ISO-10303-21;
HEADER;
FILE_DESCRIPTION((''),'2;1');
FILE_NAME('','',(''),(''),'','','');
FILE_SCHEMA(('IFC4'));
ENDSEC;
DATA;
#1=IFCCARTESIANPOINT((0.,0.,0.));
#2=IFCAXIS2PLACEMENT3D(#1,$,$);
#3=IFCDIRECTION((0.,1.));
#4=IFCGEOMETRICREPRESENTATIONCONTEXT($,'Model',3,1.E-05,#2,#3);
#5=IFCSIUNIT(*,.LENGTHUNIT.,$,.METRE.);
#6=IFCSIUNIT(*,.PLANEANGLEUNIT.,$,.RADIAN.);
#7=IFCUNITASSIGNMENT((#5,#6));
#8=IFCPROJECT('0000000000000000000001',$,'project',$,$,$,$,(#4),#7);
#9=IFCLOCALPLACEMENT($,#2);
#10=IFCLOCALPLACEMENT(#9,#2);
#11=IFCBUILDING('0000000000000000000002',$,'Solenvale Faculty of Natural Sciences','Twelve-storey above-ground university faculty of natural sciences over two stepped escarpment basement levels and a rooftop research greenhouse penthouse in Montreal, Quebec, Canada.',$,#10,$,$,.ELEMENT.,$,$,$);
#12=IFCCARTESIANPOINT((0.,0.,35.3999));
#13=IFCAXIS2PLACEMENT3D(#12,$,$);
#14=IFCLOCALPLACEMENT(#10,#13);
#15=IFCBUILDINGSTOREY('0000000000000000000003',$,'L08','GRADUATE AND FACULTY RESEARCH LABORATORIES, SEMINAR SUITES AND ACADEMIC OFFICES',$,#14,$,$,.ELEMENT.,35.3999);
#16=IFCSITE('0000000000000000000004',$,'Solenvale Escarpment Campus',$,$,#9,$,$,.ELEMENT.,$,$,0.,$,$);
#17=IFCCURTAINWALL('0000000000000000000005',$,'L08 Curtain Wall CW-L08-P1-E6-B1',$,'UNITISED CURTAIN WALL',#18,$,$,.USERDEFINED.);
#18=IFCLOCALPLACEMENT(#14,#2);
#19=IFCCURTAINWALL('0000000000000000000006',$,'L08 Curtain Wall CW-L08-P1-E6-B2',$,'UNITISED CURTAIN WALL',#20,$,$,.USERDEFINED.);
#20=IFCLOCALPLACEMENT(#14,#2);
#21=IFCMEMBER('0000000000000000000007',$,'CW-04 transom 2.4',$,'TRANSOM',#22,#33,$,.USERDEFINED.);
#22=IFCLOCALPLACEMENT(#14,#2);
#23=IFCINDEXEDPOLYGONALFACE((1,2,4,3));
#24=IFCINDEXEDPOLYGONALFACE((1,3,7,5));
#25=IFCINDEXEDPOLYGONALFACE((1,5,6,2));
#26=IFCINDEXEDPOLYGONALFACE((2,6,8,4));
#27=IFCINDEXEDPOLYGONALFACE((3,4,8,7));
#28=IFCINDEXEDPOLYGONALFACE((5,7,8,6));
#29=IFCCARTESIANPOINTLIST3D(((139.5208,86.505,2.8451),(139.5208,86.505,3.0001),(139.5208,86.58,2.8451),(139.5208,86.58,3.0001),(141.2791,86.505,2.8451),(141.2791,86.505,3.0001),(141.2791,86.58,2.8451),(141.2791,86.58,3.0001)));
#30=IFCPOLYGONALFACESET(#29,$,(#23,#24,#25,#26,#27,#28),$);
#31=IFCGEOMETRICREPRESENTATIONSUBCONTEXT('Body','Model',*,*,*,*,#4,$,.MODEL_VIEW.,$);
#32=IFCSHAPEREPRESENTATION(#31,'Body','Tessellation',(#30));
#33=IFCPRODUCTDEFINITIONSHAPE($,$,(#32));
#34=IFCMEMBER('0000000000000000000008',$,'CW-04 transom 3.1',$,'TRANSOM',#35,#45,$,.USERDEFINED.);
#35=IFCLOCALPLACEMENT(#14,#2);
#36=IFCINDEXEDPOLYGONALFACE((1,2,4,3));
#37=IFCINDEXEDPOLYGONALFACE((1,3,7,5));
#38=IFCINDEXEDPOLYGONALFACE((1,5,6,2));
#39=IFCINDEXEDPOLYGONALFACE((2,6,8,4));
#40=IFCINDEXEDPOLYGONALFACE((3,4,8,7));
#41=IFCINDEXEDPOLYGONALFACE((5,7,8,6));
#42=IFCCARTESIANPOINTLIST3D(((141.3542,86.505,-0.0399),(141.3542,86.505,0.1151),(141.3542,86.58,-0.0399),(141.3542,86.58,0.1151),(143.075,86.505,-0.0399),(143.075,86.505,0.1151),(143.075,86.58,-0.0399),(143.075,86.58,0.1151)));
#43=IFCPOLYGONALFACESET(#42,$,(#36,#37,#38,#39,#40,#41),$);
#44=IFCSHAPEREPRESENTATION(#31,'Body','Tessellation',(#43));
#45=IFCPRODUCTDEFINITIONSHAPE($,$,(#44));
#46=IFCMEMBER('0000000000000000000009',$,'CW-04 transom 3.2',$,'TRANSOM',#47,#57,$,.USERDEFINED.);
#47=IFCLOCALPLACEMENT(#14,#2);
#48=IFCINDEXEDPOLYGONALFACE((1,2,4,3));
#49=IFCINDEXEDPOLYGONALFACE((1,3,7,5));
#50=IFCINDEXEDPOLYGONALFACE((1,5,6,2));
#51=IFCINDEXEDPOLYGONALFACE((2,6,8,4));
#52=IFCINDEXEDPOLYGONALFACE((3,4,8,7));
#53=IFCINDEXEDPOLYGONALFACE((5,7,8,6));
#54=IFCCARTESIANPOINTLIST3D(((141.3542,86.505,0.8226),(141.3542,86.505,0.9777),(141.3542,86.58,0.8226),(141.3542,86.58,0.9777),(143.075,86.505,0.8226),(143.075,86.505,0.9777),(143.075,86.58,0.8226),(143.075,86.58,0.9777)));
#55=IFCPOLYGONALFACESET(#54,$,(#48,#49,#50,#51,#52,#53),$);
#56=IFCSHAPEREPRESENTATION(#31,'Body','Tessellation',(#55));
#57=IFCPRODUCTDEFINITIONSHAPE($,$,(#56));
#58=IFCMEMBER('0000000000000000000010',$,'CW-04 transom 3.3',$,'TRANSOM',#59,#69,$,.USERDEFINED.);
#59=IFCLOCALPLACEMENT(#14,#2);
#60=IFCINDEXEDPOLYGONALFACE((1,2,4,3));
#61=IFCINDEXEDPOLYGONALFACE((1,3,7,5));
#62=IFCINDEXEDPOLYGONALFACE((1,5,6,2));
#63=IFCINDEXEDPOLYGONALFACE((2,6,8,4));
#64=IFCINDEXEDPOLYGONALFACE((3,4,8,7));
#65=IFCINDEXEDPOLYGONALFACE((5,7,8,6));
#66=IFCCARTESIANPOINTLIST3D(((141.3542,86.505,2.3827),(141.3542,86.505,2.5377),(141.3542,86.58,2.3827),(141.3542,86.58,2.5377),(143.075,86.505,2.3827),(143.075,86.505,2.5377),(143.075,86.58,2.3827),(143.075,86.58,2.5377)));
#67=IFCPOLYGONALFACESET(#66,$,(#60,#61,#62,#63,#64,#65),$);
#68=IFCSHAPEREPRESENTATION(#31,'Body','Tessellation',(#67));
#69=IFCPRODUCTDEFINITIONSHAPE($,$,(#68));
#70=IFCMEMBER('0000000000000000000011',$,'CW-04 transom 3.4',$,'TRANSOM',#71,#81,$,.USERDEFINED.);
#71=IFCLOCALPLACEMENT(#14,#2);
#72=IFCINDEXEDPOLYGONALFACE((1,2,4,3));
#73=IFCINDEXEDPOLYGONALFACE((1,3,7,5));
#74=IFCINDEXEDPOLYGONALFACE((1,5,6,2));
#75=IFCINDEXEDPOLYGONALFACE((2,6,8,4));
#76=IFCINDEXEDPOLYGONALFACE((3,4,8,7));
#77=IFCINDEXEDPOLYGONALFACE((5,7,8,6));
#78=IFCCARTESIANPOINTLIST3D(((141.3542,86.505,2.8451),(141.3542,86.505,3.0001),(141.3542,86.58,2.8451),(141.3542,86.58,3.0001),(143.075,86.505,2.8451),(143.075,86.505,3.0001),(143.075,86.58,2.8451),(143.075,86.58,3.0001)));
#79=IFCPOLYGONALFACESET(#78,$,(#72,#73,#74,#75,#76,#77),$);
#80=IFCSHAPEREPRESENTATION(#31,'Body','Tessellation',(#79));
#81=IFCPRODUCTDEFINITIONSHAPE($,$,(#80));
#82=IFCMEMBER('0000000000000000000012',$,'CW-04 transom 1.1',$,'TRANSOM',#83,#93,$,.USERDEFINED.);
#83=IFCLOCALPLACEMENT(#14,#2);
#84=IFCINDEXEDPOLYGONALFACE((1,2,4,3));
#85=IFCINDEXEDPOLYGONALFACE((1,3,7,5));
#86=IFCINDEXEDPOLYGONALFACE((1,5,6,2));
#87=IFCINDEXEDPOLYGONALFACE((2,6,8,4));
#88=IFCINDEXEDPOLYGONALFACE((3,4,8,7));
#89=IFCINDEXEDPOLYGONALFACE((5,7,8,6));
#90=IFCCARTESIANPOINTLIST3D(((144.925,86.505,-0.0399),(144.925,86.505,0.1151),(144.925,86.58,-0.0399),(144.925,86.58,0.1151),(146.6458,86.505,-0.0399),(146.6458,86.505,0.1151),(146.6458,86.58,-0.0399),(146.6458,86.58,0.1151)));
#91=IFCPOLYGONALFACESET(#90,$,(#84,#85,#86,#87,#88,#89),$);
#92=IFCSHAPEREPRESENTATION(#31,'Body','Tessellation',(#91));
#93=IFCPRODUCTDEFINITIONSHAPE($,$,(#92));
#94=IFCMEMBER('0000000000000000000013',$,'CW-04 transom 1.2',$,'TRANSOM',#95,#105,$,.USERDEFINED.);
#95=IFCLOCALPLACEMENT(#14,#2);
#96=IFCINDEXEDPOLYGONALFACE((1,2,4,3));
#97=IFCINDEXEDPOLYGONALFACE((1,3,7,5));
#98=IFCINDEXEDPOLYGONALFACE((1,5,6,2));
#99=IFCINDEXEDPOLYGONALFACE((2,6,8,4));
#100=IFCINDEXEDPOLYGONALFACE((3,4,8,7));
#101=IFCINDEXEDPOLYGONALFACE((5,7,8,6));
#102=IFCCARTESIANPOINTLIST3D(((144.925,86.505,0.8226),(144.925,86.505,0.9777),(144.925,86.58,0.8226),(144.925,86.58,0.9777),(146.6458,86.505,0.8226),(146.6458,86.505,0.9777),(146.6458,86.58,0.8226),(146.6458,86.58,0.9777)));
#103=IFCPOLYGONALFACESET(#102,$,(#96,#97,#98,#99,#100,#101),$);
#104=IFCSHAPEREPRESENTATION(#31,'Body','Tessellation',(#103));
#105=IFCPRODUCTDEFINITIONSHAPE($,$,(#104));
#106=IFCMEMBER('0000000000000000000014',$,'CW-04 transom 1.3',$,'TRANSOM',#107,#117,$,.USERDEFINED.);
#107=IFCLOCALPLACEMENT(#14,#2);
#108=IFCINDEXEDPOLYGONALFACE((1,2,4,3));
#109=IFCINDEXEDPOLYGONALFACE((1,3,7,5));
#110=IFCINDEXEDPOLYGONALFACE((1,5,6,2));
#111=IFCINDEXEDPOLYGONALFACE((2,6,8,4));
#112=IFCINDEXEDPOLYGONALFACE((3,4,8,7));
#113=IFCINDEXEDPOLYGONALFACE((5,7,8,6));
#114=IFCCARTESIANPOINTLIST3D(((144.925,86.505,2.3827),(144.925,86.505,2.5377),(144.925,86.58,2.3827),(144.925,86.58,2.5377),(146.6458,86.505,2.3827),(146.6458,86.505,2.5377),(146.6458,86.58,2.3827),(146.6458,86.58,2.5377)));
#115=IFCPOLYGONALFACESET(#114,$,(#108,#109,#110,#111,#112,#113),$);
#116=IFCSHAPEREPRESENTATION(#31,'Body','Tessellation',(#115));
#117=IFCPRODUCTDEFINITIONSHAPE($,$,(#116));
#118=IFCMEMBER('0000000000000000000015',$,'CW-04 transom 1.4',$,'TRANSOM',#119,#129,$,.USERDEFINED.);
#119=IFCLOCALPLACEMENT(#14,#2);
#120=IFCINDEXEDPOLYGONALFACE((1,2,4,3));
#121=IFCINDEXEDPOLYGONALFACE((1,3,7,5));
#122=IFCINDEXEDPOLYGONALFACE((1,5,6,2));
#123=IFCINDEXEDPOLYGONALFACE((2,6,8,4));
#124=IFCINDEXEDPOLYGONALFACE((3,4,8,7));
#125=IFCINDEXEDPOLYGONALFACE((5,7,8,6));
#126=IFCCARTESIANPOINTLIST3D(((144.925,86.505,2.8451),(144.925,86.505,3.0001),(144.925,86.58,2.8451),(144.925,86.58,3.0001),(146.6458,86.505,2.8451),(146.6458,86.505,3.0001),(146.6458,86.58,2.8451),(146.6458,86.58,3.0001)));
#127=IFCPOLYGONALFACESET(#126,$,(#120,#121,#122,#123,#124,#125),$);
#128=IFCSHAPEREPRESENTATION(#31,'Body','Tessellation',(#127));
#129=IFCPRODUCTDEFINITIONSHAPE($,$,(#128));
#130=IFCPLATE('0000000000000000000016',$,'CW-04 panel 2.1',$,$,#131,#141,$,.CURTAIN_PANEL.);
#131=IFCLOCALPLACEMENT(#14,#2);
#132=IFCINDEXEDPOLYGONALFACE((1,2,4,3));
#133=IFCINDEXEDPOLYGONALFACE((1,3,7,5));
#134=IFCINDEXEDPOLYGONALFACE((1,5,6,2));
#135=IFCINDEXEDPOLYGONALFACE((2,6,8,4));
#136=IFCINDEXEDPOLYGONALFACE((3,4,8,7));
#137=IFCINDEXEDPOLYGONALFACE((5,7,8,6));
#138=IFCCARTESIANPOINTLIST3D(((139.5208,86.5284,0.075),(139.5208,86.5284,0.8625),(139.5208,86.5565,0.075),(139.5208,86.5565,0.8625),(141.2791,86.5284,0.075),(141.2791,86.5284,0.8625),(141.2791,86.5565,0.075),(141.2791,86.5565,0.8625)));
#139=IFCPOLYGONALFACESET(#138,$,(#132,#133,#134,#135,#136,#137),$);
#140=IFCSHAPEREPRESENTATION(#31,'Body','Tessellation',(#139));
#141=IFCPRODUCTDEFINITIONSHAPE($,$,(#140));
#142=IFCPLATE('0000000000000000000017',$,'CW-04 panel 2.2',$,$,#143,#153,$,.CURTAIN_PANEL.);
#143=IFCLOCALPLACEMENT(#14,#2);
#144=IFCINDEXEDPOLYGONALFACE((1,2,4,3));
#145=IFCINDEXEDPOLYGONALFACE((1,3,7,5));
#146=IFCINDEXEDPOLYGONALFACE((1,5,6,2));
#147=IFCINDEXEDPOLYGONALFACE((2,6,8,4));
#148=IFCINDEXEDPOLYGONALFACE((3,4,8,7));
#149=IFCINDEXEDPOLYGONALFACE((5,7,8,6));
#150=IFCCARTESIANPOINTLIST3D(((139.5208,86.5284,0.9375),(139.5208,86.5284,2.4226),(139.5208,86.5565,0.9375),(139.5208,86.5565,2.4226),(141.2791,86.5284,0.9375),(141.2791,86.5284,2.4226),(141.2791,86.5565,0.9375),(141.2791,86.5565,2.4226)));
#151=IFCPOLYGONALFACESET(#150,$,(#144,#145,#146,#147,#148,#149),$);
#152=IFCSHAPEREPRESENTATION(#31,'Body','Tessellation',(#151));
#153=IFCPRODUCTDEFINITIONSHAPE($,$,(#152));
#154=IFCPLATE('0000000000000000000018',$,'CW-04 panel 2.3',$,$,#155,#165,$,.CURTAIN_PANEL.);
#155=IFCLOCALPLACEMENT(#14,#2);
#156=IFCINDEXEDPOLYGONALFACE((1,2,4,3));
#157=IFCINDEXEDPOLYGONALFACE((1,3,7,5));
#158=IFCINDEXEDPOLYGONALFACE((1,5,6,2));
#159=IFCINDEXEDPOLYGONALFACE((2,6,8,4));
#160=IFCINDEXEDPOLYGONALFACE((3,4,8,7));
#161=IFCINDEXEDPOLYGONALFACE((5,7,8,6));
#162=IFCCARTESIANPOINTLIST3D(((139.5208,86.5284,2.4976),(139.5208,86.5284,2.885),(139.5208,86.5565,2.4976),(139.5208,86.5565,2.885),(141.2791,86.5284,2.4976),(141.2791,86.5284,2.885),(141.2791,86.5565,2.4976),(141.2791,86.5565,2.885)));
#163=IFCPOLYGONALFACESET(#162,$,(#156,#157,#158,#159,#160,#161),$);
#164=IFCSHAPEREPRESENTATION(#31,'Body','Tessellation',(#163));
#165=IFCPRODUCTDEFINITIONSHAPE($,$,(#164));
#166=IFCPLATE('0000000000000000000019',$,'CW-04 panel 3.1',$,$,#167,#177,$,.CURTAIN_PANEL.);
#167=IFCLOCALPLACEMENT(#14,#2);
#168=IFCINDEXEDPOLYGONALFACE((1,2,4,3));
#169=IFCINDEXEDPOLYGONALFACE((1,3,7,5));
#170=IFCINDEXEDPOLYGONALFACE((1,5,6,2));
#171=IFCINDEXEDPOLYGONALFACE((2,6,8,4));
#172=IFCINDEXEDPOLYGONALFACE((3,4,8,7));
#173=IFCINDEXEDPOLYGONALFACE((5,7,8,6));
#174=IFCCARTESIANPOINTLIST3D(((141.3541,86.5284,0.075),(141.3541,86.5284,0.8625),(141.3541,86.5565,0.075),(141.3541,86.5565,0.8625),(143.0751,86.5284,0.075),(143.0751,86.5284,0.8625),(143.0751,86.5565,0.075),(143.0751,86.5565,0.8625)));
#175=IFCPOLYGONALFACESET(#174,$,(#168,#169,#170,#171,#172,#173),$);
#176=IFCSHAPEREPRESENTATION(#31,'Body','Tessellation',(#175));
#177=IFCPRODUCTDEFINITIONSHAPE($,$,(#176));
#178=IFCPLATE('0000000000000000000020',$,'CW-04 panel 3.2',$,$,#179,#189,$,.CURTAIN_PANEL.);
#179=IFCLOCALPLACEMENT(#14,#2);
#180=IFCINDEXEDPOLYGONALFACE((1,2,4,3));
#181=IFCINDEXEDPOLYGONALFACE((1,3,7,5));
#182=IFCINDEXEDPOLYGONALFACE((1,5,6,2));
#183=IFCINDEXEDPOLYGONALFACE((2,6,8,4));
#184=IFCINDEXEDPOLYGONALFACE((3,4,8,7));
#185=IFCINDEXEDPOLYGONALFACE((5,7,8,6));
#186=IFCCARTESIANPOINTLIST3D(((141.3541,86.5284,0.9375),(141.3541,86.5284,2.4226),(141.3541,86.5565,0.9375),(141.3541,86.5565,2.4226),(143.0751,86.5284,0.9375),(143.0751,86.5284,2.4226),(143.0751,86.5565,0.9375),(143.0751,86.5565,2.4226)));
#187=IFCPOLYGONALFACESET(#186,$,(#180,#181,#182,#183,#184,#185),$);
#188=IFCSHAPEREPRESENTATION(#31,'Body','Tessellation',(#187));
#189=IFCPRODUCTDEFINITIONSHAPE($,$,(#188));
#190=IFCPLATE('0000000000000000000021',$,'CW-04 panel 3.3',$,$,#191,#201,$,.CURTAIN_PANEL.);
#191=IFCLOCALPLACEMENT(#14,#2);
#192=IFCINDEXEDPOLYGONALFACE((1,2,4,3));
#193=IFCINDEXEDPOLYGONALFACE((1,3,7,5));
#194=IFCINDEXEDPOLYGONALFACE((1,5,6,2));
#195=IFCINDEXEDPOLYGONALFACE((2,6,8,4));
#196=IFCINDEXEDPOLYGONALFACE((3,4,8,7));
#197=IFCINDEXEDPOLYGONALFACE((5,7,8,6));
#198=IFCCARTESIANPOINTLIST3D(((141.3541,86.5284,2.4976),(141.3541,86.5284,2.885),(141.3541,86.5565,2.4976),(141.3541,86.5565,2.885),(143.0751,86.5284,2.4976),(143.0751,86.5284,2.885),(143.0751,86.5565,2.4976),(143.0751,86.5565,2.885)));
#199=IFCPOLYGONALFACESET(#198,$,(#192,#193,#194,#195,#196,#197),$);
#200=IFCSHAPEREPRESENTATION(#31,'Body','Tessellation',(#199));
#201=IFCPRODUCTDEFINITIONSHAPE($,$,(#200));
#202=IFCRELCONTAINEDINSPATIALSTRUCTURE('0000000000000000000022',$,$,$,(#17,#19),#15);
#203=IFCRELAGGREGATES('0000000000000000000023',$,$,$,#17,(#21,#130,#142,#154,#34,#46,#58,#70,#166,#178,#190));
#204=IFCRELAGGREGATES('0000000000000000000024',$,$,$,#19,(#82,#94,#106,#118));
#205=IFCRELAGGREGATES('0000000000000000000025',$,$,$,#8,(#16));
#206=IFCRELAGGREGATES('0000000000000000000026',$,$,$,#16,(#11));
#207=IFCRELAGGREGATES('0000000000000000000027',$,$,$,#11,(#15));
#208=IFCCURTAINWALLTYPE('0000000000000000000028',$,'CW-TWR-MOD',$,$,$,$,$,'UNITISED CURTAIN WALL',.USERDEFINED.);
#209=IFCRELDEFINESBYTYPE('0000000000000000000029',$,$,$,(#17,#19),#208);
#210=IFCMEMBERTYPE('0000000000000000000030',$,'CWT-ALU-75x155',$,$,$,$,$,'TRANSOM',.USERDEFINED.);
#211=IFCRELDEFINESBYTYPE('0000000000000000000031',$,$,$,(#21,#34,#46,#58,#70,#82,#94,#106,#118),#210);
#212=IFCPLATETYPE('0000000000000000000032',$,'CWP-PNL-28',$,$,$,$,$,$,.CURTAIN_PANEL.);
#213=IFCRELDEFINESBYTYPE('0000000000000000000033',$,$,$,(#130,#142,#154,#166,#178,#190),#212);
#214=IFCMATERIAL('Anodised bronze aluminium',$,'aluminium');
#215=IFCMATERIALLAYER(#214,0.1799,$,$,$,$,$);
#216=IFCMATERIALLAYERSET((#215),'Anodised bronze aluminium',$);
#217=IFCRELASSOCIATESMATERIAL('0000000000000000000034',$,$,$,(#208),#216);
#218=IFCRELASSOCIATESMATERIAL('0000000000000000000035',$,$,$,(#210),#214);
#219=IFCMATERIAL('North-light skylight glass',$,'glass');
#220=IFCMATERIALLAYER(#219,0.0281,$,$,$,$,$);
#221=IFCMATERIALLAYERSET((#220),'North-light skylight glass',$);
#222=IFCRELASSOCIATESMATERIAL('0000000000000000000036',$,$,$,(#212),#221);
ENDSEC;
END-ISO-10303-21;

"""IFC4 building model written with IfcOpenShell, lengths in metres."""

from ifc_helpers import new_model, si_unit, direction, frame, origin, origin_2d, place, context, subcontext, project, spatial, rectangle, extrude, material, layer, layer_set, material_profile, profile_set, type_object, element, aggregate, save


model = new_model("IFC4")

# Units and contexts
model_context = context("Model", 3, precision=1e-05, world=origin(), true_north=direction((0.0, 1.0)))
body_context = subcontext(model_context, "Body", "Model", "MODEL_VIEW")
ifc_project = project(units=[si_unit("LENGTHUNIT", "METRE"), si_unit("PLANEANGLEUNIT", "RADIAN")], contexts=[model_context])

# Site, building, storey
site_placement = place(None, origin())
site = spatial("IfcSite", under=ifc_project, at=site_placement, Name="Solenvale Escarpment Campus", CompositionType="ELEMENT", RefElevation=0.0)
building_placement = place(site_placement, origin())
building = spatial("IfcBuilding", under=site, at=building_placement, Name="Solenvale Faculty of Natural Sciences", Description="Twelve-storey above-ground university faculty of natural sciences over two stepped escarpment basement levels and a rooftop research greenhouse penthouse in Montreal, Quebec, Canada.", CompositionType="ELEMENT")
storey_placement = place(building_placement, frame((0.0, 0.0, 35.3999)))
storey = spatial("IfcBuildingStorey", under=building, at=storey_placement, Name="L08", Description="GRADUATE AND FACULTY RESEARCH LABORATORIES, SEMINAR SUITES AND ACADEMIC OFFICES", CompositionType="ELEMENT", Elevation=35.3999)

# Curtain walls
ifc_material_1 = material(Name="Anodised bronze aluminium", Category="aluminium")
ifc_layer_1 = layer(ifc_material_1, 0.1799)
ifc_layer_set_1 = layer_set([ifc_layer_1], Name="Anodised bronze aluminium")
curtain_wall_type = type_object("IfcCurtainWallType", Name="CW-TWR-MOD", ElementType="UNITISED CURTAIN WALL", PredefinedType="USERDEFINED", material=ifc_layer_set_1)
curtain_wall_1_placement = place(storey_placement, origin())
curtain_wall_1 = element("IfcCurtainWall", 1, at=curtain_wall_1_placement, inside=storey, type_object=curtain_wall_type, Name="L08 Curtain Wall CW-L08-P1-E6-B1", ObjectType="UNITISED CURTAIN WALL", PredefinedType="USERDEFINED")
curtain_wall_2_placement = place(storey_placement, origin())
curtain_wall_2 = element("IfcCurtainWall", 2, at=curtain_wall_2_placement, inside=storey, type_object=curtain_wall_type, Name="L08 Curtain Wall CW-L08-P1-E6-B2", ObjectType="UNITISED CURTAIN WALL", PredefinedType="USERDEFINED")

# Members
ifc_material_profile_1 = material_profile(ifc_material_1, rectangle(XDim=0.075, YDim=0.155, at=origin_2d()), Name="ALU-TRN-75x155")
ifc_profile_set_1 = profile_set([ifc_material_profile_1], Name="Anodised bronze aluminium")
member_type_1 = type_object("IfcMemberType", Name="CWT-ALU-75x155", ElementType="TRANSOM", PredefinedType="USERDEFINED", material=ifc_profile_set_1)
member_1_placement = place(storey_placement, frame((139.5208, 86.5425, 2.9226), z_axis=(1.0, 0.0, 0.0), x_axis=(0.0, 1.0, 0.0)))
member_1 = element("IfcMember", 3, at=member_1_placement, type_object=member_type_1, Name="CW-04 transom 2.4", ObjectType="TRANSOM", PredefinedType="USERDEFINED", context=body_context, shape_type="SweptSolid", body=[
    extrude(rectangle(XDim=0.075, YDim=0.155, at=origin_2d()), origin(), (0.0, 0.0, 1.0), 1.7583),
])
member_2_placement = place(storey_placement, frame((141.3542, 86.5425, 0.0376), z_axis=(1.0, 0.0, 0.0), x_axis=(0.0, 1.0, 0.0)))
member_2 = element("IfcMember", 4, at=member_2_placement, type_object=member_type_1, Name="CW-04 transom 3.1", ObjectType="TRANSOM", PredefinedType="USERDEFINED", context=body_context, shape_type="SweptSolid", body=[
    extrude(rectangle(XDim=0.075, YDim=0.155, at=origin_2d()), origin(), (0.0, 0.0, 1.0), 1.7207),
])
member_3_placement = place(storey_placement, frame((141.3542, 86.5425, 0.9001), z_axis=(1.0, 0.0, 0.0), x_axis=(0.0, 1.0, 0.0)))
member_3 = element("IfcMember", 5, at=member_3_placement, type_object=member_type_1, Name="CW-04 transom 3.2", ObjectType="TRANSOM", PredefinedType="USERDEFINED", context=body_context, shape_type="SweptSolid", body=[
    extrude(rectangle(XDim=0.075, YDim=0.155, at=origin_2d()), origin(), (0.0, 0.0, 1.0), 1.7207),
])
member_4_placement = place(storey_placement, frame((141.3542, 86.5425, 2.4602), z_axis=(1.0, 0.0, 0.0), x_axis=(0.0, 1.0, 0.0)))
member_4 = element("IfcMember", 6, at=member_4_placement, type_object=member_type_1, Name="CW-04 transom 3.3", ObjectType="TRANSOM", PredefinedType="USERDEFINED", context=body_context, shape_type="SweptSolid", body=[
    extrude(rectangle(XDim=0.075, YDim=0.155, at=origin_2d()), origin(), (0.0, 0.0, 1.0), 1.7207),
])
member_5_placement = place(storey_placement, frame((141.3542, 86.5425, 2.9226), z_axis=(1.0, 0.0, 0.0), x_axis=(0.0, 1.0, 0.0)))
member_5 = element("IfcMember", 7, at=member_5_placement, type_object=member_type_1, Name="CW-04 transom 3.4", ObjectType="TRANSOM", PredefinedType="USERDEFINED", context=body_context, shape_type="SweptSolid", body=[
    extrude(rectangle(XDim=0.075, YDim=0.155, at=origin_2d()), origin(), (0.0, 0.0, 1.0), 1.7207),
])
member_6_placement = place(storey_placement, frame((144.925, 86.5425, 0.0376), z_axis=(1.0, 0.0, 0.0), x_axis=(0.0, 1.0, 0.0)))
member_6 = element("IfcMember", 8, at=member_6_placement, type_object=member_type_1, Name="CW-04 transom 1.1", ObjectType="TRANSOM", PredefinedType="USERDEFINED", context=body_context, shape_type="SweptSolid", body=[
    extrude(rectangle(XDim=0.075, YDim=0.155, at=origin_2d()), origin(), (0.0, 0.0, 1.0), 1.7207),
])
member_7_placement = place(storey_placement, frame((144.925, 86.5425, 0.9001), z_axis=(1.0, 0.0, 0.0), x_axis=(0.0, 1.0, 0.0)))
member_7 = element("IfcMember", 9, at=member_7_placement, type_object=member_type_1, Name="CW-04 transom 1.2", ObjectType="TRANSOM", PredefinedType="USERDEFINED", context=body_context, shape_type="SweptSolid", body=[
    extrude(rectangle(XDim=0.075, YDim=0.155, at=origin_2d()), origin(), (0.0, 0.0, 1.0), 1.7207),
])
member_8_placement = place(storey_placement, frame((144.925, 86.5425, 2.4602), z_axis=(1.0, 0.0, 0.0), x_axis=(0.0, 1.0, 0.0)))
member_8 = element("IfcMember", 10, at=member_8_placement, type_object=member_type_1, Name="CW-04 transom 1.3", ObjectType="TRANSOM", PredefinedType="USERDEFINED", context=body_context, shape_type="SweptSolid", body=[
    extrude(rectangle(XDim=0.075, YDim=0.155, at=origin_2d()), origin(), (0.0, 0.0, 1.0), 1.7207),
])
member_9_placement = place(storey_placement, frame((144.925, 86.5425, 2.9226), z_axis=(1.0, 0.0, 0.0), x_axis=(0.0, 1.0, 0.0)))
member_9 = element("IfcMember", 11, at=member_9_placement, type_object=member_type_1, Name="CW-04 transom 1.4", ObjectType="TRANSOM", PredefinedType="USERDEFINED", context=body_context, shape_type="SweptSolid", body=[
    extrude(rectangle(XDim=0.075, YDim=0.155, at=origin_2d()), origin(), (0.0, 0.0, 1.0), 1.7207),
])

# Plates
ifc_material_2 = material(Name="North-light skylight glass", Category="glass")
ifc_layer_2 = layer(ifc_material_2, 0.0281)
ifc_layer_set_2 = layer_set([ifc_layer_2], Name="North-light skylight glass")
plate_type_1 = type_object("IfcPlateType", Name="CWP-PNL-28", PredefinedType="CURTAIN_PANEL", material=ifc_layer_set_2)
plate_1_placement = place(storey_placement, frame((140.3999, 86.5425, 0.075), z_axis=(0.0, 0.0, 1.0), x_axis=(1.0, 0.0, 0.0)))
plate_1 = element("IfcPlate", 12, at=plate_1_placement, type_object=plate_type_1, Name="CW-04 panel 2.1", PredefinedType="CURTAIN_PANEL", context=body_context, shape_type="SweptSolid", body=[
    extrude(rectangle(XDim=1.7583, YDim=0.0281, at=origin_2d()), origin(), (0.0, 0.0, 1.0), 0.7876),
])
plate_2_placement = place(storey_placement, frame((140.3999, 86.5425, 0.9375), z_axis=(0.0, 0.0, 1.0), x_axis=(1.0, 0.0, 0.0)))
plate_2 = element("IfcPlate", 13, at=plate_2_placement, type_object=plate_type_1, Name="CW-04 panel 2.2", PredefinedType="CURTAIN_PANEL", context=body_context, shape_type="SweptSolid", body=[
    extrude(rectangle(XDim=1.7583, YDim=0.0281, at=origin_2d()), origin(), (0.0, 0.0, 1.0), 1.4851),
])
plate_3_placement = place(storey_placement, frame((140.3999, 86.5425, 2.4976), z_axis=(0.0, 0.0, 1.0), x_axis=(1.0, 0.0, 0.0)))
plate_3 = element("IfcPlate", 14, at=plate_3_placement, type_object=plate_type_1, Name="CW-04 panel 2.3", PredefinedType="CURTAIN_PANEL", context=body_context, shape_type="SweptSolid", body=[
    extrude(rectangle(XDim=1.7583, YDim=0.0281, at=origin_2d()), origin(), (0.0, 0.0, 1.0), 0.3875),
])
plate_4_placement = place(storey_placement, frame((142.2146, 86.5425, 0.075), z_axis=(0.0, 0.0, 1.0), x_axis=(1.0, 0.0, 0.0)))
plate_4 = element("IfcPlate", 15, at=plate_4_placement, type_object=plate_type_1, Name="CW-04 panel 3.1", PredefinedType="CURTAIN_PANEL", context=body_context, shape_type="SweptSolid", body=[
    extrude(rectangle(XDim=1.7209, YDim=0.0281, at=origin_2d()), origin(), (0.0, 0.0, 1.0), 0.7876),
])
plate_5_placement = place(storey_placement, frame((142.2146, 86.5425, 0.9375), z_axis=(0.0, 0.0, 1.0), x_axis=(1.0, 0.0, 0.0)))
plate_5 = element("IfcPlate", 16, at=plate_5_placement, type_object=plate_type_1, Name="CW-04 panel 3.2", PredefinedType="CURTAIN_PANEL", context=body_context, shape_type="SweptSolid", body=[
    extrude(rectangle(XDim=1.7209, YDim=0.0281, at=origin_2d()), origin(), (0.0, 0.0, 1.0), 1.4851),
])
plate_6_placement = place(storey_placement, frame((142.2146, 86.5425, 2.4976), z_axis=(0.0, 0.0, 1.0), x_axis=(1.0, 0.0, 0.0)))
plate_6 = element("IfcPlate", 17, at=plate_6_placement, type_object=plate_type_1, Name="CW-04 panel 3.3", PredefinedType="CURTAIN_PANEL", context=body_context, shape_type="SweptSolid", body=[
    extrude(rectangle(XDim=1.7209, YDim=0.0281, at=origin_2d()), origin(), (0.0, 0.0, 1.0), 0.3875),
])
aggregate(curtain_wall_1, [member_1, plate_1, plate_2, plate_3, member_2, member_3, member_4, member_5, plate_4, plate_5, plate_6])
aggregate(curtain_wall_2, [member_6, member_7, member_8, member_9])

save(model, "model.ifc")
